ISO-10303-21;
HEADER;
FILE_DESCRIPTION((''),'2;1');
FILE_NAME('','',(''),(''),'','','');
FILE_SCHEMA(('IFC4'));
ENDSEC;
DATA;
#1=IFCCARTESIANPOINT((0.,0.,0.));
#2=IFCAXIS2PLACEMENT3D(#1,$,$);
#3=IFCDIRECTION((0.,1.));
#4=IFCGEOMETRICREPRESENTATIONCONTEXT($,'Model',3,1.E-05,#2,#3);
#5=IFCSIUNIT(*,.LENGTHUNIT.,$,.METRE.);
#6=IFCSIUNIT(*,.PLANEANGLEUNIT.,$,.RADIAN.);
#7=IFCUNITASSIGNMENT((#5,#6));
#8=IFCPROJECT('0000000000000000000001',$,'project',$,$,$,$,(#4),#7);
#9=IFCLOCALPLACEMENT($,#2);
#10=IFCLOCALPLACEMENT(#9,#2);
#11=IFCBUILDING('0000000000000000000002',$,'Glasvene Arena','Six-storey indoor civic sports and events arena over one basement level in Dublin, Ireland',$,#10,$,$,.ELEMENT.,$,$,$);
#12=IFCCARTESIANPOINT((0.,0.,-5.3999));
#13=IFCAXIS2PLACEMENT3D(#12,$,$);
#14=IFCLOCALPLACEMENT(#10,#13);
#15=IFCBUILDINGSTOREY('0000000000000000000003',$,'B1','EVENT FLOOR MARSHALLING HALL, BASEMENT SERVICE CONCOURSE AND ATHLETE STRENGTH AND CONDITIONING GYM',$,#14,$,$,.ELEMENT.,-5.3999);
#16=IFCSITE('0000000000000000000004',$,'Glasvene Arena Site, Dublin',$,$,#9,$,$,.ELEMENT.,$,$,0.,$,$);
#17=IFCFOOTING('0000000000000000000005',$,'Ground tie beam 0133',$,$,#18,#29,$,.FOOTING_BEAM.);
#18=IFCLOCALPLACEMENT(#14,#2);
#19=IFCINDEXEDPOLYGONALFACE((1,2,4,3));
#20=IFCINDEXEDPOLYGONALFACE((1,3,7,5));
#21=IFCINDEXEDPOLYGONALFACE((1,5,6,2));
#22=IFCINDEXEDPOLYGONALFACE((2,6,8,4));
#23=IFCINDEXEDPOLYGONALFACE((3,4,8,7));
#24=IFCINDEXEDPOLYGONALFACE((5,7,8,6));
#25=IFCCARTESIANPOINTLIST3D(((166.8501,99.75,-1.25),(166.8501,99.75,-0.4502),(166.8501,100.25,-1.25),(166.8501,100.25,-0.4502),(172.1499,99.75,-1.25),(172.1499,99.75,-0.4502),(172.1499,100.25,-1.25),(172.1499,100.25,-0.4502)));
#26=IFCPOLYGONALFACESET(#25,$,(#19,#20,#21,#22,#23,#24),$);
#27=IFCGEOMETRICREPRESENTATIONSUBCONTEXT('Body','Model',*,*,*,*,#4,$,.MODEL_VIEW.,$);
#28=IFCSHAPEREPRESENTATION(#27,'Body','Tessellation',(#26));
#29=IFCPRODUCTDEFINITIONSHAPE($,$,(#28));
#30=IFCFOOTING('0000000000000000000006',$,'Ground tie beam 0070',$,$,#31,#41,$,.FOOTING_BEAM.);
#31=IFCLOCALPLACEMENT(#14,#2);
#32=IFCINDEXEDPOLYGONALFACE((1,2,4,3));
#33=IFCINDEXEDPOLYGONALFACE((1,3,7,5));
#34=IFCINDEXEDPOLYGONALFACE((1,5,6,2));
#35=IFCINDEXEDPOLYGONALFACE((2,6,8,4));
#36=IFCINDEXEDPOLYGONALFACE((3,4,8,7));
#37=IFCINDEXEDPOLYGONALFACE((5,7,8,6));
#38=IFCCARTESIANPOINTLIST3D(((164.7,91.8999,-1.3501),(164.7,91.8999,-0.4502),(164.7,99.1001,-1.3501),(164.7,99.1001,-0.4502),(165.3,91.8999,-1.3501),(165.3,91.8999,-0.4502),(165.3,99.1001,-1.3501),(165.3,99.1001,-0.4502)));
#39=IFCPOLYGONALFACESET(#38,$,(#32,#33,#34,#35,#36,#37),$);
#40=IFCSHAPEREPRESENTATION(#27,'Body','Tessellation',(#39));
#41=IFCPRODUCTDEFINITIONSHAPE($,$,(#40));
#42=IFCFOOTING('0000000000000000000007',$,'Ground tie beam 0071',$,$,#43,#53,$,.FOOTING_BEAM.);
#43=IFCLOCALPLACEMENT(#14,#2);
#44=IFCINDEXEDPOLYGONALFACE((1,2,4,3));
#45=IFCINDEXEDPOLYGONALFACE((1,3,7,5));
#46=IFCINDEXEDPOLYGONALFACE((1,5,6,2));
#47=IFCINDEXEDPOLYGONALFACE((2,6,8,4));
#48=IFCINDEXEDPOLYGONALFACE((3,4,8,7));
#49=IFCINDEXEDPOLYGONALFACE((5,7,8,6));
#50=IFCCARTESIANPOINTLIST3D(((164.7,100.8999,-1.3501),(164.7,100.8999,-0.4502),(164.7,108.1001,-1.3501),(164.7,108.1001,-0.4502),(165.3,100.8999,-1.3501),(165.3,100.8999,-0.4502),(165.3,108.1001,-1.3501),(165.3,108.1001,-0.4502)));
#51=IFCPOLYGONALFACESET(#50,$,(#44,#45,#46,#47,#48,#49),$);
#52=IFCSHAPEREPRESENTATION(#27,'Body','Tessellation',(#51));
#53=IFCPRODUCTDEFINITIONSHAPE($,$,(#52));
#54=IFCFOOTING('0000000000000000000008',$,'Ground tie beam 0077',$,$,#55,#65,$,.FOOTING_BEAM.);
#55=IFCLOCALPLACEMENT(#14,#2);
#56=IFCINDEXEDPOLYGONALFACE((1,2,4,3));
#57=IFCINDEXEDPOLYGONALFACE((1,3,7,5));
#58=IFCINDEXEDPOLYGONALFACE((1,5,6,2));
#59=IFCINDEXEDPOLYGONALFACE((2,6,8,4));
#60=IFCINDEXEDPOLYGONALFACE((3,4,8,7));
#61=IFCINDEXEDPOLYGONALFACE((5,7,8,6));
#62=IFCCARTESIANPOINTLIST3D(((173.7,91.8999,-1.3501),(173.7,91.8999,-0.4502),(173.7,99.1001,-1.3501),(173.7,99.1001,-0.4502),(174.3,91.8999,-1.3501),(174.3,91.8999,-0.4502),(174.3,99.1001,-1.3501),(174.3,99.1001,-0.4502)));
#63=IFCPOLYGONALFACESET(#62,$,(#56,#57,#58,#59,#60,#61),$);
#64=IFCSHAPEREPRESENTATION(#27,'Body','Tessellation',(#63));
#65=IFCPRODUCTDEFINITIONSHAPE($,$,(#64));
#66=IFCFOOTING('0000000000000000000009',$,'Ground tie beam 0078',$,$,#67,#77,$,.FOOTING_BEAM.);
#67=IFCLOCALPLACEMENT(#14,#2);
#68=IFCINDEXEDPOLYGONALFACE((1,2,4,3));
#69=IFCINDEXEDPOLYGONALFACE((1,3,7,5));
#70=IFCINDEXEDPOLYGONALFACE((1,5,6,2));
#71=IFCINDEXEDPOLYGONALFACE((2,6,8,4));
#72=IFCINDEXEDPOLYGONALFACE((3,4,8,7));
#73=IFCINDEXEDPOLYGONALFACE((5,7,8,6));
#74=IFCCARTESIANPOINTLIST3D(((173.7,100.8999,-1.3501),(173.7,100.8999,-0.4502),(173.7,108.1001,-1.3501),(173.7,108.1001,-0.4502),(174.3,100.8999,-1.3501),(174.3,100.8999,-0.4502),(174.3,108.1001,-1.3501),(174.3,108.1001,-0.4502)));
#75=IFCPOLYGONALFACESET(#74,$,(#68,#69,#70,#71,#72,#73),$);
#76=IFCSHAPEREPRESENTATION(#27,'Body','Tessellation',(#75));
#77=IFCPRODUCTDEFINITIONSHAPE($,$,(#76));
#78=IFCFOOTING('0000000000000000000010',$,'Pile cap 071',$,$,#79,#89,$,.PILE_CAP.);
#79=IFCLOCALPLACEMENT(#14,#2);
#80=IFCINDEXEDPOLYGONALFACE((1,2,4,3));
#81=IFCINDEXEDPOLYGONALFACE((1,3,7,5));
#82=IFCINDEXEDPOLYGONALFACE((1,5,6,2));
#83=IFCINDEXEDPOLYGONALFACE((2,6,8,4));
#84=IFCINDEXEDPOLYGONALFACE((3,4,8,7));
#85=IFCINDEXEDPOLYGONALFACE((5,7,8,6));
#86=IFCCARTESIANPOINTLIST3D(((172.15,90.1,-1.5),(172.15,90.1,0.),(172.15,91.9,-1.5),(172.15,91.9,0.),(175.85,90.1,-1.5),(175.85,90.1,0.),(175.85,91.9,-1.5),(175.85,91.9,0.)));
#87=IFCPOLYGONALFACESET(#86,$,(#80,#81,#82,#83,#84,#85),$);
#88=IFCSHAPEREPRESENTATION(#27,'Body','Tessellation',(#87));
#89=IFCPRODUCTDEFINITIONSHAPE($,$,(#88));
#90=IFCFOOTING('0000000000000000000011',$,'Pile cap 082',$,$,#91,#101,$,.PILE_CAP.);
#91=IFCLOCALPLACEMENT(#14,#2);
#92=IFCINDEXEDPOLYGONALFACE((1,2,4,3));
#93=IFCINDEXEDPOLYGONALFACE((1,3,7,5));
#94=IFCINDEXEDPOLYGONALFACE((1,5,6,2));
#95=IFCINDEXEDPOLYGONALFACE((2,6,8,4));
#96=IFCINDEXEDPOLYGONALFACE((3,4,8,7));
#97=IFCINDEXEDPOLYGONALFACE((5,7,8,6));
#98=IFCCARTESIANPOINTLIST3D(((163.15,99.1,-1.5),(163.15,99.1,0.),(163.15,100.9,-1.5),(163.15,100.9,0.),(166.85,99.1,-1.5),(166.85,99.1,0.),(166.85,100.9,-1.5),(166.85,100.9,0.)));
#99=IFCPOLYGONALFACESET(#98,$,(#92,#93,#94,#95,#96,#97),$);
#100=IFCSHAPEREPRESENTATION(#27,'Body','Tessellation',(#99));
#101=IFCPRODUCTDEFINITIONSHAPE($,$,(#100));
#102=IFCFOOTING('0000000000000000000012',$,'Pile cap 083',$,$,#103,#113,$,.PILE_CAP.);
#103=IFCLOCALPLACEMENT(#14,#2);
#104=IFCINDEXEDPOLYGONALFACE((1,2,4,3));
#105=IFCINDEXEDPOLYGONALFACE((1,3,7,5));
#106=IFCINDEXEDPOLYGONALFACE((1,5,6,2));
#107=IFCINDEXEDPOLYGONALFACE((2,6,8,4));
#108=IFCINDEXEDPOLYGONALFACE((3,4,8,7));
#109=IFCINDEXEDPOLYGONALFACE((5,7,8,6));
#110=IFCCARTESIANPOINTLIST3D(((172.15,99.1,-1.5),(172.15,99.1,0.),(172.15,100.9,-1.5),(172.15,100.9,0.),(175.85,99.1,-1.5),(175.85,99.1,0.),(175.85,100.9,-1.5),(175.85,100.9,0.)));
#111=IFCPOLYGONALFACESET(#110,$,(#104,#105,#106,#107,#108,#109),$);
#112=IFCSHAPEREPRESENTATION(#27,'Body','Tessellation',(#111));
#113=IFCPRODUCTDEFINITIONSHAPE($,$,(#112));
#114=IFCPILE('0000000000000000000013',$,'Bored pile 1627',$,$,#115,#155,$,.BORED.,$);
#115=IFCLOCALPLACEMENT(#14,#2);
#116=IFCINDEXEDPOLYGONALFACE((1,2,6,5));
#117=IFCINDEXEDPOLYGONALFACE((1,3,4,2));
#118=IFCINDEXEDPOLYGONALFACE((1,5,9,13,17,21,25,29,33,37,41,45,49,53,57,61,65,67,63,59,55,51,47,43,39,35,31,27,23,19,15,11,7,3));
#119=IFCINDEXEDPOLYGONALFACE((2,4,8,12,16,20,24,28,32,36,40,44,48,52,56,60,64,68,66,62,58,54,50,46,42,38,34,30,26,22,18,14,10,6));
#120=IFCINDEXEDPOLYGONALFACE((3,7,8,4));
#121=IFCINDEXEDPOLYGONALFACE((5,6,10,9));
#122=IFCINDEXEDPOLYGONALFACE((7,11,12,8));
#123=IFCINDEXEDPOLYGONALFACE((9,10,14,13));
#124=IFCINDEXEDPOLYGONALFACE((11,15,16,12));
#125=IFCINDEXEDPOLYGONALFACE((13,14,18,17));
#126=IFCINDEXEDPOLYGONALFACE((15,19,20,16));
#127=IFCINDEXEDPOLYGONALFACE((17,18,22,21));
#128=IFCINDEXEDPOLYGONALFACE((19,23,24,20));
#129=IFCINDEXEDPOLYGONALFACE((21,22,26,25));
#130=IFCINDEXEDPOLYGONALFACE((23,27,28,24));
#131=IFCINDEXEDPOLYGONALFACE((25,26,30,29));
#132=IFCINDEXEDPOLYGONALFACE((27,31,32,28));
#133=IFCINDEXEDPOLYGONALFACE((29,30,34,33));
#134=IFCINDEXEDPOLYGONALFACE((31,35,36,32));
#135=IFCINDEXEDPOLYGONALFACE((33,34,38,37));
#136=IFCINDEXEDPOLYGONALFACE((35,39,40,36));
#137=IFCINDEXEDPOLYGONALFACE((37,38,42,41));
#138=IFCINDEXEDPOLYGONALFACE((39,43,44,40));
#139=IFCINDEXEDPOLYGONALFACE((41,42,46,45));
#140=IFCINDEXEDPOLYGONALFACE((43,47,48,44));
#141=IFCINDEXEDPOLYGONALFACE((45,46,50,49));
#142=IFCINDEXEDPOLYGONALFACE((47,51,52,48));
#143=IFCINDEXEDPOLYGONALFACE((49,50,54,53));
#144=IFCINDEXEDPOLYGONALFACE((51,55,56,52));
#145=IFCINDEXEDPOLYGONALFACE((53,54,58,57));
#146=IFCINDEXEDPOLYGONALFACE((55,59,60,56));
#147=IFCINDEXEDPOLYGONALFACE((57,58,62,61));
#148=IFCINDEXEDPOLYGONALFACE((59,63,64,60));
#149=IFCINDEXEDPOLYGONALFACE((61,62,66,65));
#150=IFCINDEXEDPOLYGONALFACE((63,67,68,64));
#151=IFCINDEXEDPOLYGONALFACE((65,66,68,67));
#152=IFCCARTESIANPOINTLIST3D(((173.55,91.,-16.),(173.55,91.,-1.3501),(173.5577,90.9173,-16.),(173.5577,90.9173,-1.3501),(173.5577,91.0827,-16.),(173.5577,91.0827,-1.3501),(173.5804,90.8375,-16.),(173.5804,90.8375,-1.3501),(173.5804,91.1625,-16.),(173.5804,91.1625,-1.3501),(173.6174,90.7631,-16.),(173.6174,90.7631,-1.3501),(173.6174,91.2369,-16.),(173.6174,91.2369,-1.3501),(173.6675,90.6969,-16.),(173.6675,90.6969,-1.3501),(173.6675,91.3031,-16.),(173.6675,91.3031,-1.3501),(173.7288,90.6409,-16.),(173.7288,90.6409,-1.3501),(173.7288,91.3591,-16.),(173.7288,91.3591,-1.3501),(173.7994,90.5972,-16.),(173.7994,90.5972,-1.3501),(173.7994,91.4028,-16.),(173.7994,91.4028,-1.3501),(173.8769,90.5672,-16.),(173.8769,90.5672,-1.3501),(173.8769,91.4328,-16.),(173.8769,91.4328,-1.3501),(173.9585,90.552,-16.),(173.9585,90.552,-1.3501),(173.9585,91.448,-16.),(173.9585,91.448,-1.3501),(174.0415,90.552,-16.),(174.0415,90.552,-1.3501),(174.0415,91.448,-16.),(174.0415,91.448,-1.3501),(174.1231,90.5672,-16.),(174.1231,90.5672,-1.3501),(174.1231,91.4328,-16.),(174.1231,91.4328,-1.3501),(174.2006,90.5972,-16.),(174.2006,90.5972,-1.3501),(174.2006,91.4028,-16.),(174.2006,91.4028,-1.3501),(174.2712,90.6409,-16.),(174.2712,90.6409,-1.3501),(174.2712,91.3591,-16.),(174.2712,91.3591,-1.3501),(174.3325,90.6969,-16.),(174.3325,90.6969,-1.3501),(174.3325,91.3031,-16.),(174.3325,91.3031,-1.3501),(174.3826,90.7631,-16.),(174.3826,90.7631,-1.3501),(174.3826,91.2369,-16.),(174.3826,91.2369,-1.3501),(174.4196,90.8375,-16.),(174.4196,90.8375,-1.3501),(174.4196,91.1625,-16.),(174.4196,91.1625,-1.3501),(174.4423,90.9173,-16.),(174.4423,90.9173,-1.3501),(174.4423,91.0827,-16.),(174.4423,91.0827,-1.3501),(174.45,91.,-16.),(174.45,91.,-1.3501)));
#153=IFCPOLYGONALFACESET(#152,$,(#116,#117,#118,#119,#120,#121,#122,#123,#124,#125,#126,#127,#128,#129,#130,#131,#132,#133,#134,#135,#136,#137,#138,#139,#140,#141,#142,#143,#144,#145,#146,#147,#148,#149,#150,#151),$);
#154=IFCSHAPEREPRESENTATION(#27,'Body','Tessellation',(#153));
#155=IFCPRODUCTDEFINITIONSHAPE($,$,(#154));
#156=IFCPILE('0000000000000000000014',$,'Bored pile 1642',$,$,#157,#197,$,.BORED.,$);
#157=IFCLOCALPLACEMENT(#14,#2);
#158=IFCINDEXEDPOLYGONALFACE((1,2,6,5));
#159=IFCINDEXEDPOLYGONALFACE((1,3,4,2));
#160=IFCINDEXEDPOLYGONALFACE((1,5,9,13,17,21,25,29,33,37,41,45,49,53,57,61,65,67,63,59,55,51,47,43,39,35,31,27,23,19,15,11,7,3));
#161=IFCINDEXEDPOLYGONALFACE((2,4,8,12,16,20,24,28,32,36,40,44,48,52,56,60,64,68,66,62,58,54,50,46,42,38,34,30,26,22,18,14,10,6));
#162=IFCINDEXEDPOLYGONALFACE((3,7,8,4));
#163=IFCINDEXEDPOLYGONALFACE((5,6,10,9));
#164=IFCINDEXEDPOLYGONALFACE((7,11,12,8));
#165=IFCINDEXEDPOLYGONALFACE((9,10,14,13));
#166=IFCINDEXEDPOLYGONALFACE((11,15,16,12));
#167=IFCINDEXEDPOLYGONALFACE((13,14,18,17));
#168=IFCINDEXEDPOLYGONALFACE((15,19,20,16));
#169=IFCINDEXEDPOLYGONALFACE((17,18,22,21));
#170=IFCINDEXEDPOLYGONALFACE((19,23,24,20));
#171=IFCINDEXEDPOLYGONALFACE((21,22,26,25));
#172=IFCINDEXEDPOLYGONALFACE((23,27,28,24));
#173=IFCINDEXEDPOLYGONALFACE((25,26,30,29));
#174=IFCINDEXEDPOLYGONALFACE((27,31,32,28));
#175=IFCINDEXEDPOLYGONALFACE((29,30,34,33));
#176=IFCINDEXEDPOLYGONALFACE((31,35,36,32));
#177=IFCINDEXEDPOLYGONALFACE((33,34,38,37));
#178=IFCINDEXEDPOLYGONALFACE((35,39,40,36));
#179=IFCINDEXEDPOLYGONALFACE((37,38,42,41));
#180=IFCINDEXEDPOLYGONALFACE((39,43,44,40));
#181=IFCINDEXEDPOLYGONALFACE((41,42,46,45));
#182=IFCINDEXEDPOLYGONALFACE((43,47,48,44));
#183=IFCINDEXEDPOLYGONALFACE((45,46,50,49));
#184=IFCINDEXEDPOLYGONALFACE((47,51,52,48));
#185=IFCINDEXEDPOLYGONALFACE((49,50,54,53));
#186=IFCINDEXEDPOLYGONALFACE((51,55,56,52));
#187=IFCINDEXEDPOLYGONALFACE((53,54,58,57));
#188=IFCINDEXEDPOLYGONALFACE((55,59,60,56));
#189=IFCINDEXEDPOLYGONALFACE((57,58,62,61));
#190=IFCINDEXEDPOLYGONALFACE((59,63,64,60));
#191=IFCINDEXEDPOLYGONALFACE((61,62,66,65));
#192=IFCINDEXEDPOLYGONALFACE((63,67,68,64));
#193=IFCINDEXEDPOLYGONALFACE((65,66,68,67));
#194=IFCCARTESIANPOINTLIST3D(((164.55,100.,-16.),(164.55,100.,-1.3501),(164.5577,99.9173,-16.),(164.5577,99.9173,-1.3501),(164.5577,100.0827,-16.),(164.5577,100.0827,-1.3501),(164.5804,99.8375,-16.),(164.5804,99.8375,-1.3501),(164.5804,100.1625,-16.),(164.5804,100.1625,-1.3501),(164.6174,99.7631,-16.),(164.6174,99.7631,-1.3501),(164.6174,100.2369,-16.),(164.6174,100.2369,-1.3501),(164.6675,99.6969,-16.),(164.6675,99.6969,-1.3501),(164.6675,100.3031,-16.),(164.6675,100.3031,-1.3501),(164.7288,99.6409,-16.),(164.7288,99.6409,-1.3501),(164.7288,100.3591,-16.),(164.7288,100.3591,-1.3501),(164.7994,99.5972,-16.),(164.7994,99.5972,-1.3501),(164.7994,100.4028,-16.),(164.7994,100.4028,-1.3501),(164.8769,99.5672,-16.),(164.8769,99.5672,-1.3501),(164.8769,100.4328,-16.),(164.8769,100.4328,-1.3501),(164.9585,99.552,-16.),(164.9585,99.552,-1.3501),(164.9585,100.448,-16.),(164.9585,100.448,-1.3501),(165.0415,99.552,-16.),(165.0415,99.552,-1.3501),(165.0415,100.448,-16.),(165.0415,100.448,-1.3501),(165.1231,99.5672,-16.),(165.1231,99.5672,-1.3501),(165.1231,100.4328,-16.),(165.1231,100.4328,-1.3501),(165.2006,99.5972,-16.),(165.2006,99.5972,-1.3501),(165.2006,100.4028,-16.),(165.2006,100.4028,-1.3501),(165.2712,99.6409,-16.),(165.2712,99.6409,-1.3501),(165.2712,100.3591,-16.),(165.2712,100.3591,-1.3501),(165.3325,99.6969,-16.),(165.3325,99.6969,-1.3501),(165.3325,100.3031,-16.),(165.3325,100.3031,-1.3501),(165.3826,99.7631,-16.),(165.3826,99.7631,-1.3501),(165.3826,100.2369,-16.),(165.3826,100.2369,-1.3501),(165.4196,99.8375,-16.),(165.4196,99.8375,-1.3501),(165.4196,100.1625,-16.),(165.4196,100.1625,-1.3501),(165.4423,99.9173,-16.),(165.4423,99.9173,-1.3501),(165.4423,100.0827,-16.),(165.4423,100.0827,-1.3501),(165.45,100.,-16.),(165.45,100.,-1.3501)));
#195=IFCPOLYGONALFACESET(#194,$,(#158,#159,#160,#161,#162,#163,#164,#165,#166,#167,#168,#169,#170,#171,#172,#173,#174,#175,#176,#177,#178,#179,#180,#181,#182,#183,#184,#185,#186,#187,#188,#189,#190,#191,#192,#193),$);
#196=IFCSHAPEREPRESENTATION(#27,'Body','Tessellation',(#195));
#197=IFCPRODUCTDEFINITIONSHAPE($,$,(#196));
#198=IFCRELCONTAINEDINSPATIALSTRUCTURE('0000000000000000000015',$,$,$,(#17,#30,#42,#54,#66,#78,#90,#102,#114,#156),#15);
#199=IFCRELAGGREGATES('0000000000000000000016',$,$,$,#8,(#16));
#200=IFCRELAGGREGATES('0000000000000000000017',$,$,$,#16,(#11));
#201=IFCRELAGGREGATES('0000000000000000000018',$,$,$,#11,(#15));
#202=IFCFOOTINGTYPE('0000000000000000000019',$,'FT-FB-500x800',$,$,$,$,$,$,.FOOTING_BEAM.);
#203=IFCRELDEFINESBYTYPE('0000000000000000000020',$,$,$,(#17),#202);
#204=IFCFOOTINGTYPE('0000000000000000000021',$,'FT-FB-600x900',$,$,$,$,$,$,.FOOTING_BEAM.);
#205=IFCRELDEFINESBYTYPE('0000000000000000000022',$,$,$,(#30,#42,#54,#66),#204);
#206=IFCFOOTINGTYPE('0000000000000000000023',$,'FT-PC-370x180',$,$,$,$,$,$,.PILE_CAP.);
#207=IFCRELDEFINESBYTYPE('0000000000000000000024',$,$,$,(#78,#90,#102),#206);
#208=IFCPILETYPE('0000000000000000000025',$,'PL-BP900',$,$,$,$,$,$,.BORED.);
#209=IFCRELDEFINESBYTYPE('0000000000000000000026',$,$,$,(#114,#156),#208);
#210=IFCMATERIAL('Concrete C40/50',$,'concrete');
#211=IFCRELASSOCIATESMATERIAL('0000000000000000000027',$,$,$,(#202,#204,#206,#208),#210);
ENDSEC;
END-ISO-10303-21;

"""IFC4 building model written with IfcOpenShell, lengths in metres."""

from ifc_helpers import new_model, si_unit, direction, frame, origin, origin_2d, place, context, subcontext, project, spatial, polyline, rectangle, circle, outline, extrude, material, material_profile, profile_set, type_object, element, save


model = new_model("IFC4")

# Units and contexts
model_context = context("Model", 3, precision=1e-05, world=origin(), true_north=direction((0.0, 1.0)))
body_context = subcontext(model_context, "Body", "Model", "MODEL_VIEW")
ifc_project = project(units=[si_unit("LENGTHUNIT", "METRE"), si_unit("PLANEANGLEUNIT", "RADIAN")], contexts=[model_context])

# Site, building, storey
site_placement = place(None, origin())
site = spatial("IfcSite", under=ifc_project, at=site_placement, Name="Glasvene Arena Site, Dublin", CompositionType="ELEMENT", RefElevation=0.0)
building_placement = place(site_placement, origin())
building = spatial("IfcBuilding", under=site, at=building_placement, Name="Glasvene Arena", Description="Six-storey indoor civic sports and events arena over one basement level in Dublin, Ireland", CompositionType="ELEMENT")
storey_placement = place(building_placement, frame((0.0, 0.0, -5.3999)))
storey = spatial("IfcBuildingStorey", under=building, at=storey_placement, Name="B1", Description="EVENT FLOOR MARSHALLING HALL, BASEMENT SERVICE CONCOURSE AND ATHLETE STRENGTH AND CONDITIONING GYM", CompositionType="ELEMENT", Elevation=-5.3999)

# Footings
ifc_material_1 = material(Name="Concrete C40/50", Category="concrete")
footing_type_1 = type_object("IfcFootingType", Name="FT-FB-500x800", PredefinedType="FOOTING_BEAM", material=ifc_material_1)
footing_placement = place(storey_placement, frame((169.5, 100.0, -1.25)))
element("IfcFooting", 1, at=footing_placement, inside=storey, type_object=footing_type_1, Name="Ground tie beam 0133", PredefinedType="FOOTING_BEAM", context=body_context, shape_type="SweptSolid", body=[
    extrude(outline(polyline([(-2.6499, -0.25), (2.6499, -0.25), (2.6499, 0.25), (-2.6499, 0.25), (-2.6499, -0.25)])), origin(), (0.0, 0.0, 1.0), 0.7998),
])
footing_type_2 = type_object("IfcFootingType", Name="FT-FB-600x900", PredefinedType="FOOTING_BEAM", material=ifc_material_1)
for number, where, name in (
    (2, (165.0, 95.5, -1.3501), "Ground tie beam 0070"),
    (3, (165.0, 104.5, -1.3501), "Ground tie beam 0071"),
    (4, (174.0, 95.5, -1.3501), "Ground tie beam 0077"),
    (5, (174.0, 104.5, -1.3501), "Ground tie beam 0078"),
):
    element("IfcFooting", number, at=place(storey_placement, frame(where)), inside=storey, type_object=footing_type_2, Name=name, PredefinedType="FOOTING_BEAM", context=body_context, shape_type="SweptSolid", body=[
        extrude(outline(polyline([(-0.3, -3.6001), (0.3, -3.6001), (0.3, 3.6001), (-0.3, 3.6001), (-0.3, -3.6001)])), origin(), (0.0, 0.0, 1.0), 0.8999),
    ])
footing_type_3 = type_object("IfcFootingType", Name="FT-PC-370x180", PredefinedType="PILE_CAP", material=ifc_material_1)
for number, where, z_axis, x_axis, name in (
    (6, (174.0, 91.0, -1.5), (0.0, 0.0, 1.0), (1.0, 0.0, 0.0), "Pile cap 071"),
    (7, (165.0, 100.0, -1.5), (0.0, 0.0, 1.0), (1.0, 0.0, 0.0), "Pile cap 082"),
    (8, (174.0, 100.0, -1.5), (0.0, 0.0, 1.0), (1.0, 0.0, 0.0), "Pile cap 083"),
):
    element("IfcFooting", number, at=place(storey_placement, frame(where, z_axis=z_axis, x_axis=x_axis)), inside=storey, type_object=footing_type_3, Name=name, PredefinedType="PILE_CAP", context=body_context, shape_type="SweptSolid", body=[
        extrude(rectangle(XDim=3.7, YDim=1.8, at=origin_2d()), origin(), (0.0, 0.0, 1.0), 1.5),
    ])

# Piles
ifc_material_profile_1 = material_profile(ifc_material_1, circle(Radius=0.45, at=origin_2d()), Name="BORED PILE 900")
ifc_profile_set_1 = profile_set([ifc_material_profile_1], Name="Concrete C40/50")
pile_type = type_object("IfcPileType", Name="PL-BP900", PredefinedType="BORED", material=ifc_profile_set_1)
for number, where, z_axis, x_axis, name in (
    (9, (174.0, 91.0, -1.3501), (0.0, 0.0, -1.0), (1.0, 0.0, 0.0), "Bored pile 1627"),
    (10, (165.0, 100.0, -1.3501), (0.0, 0.0, -1.0), (1.0, 0.0, 0.0), "Bored pile 1642"),
):
    element("IfcPile", number, at=place(storey_placement, frame(where, z_axis=z_axis, x_axis=x_axis)), inside=storey, type_object=pile_type, Name=name, PredefinedType="BORED", context=body_context, shape_type="SweptSolid", body=[
        extrude(circle(Radius=0.45, at=origin_2d()), origin(), (0.0, 0.0, 1.0), 14.6499),
    ])

save(model, "model.ifc")
